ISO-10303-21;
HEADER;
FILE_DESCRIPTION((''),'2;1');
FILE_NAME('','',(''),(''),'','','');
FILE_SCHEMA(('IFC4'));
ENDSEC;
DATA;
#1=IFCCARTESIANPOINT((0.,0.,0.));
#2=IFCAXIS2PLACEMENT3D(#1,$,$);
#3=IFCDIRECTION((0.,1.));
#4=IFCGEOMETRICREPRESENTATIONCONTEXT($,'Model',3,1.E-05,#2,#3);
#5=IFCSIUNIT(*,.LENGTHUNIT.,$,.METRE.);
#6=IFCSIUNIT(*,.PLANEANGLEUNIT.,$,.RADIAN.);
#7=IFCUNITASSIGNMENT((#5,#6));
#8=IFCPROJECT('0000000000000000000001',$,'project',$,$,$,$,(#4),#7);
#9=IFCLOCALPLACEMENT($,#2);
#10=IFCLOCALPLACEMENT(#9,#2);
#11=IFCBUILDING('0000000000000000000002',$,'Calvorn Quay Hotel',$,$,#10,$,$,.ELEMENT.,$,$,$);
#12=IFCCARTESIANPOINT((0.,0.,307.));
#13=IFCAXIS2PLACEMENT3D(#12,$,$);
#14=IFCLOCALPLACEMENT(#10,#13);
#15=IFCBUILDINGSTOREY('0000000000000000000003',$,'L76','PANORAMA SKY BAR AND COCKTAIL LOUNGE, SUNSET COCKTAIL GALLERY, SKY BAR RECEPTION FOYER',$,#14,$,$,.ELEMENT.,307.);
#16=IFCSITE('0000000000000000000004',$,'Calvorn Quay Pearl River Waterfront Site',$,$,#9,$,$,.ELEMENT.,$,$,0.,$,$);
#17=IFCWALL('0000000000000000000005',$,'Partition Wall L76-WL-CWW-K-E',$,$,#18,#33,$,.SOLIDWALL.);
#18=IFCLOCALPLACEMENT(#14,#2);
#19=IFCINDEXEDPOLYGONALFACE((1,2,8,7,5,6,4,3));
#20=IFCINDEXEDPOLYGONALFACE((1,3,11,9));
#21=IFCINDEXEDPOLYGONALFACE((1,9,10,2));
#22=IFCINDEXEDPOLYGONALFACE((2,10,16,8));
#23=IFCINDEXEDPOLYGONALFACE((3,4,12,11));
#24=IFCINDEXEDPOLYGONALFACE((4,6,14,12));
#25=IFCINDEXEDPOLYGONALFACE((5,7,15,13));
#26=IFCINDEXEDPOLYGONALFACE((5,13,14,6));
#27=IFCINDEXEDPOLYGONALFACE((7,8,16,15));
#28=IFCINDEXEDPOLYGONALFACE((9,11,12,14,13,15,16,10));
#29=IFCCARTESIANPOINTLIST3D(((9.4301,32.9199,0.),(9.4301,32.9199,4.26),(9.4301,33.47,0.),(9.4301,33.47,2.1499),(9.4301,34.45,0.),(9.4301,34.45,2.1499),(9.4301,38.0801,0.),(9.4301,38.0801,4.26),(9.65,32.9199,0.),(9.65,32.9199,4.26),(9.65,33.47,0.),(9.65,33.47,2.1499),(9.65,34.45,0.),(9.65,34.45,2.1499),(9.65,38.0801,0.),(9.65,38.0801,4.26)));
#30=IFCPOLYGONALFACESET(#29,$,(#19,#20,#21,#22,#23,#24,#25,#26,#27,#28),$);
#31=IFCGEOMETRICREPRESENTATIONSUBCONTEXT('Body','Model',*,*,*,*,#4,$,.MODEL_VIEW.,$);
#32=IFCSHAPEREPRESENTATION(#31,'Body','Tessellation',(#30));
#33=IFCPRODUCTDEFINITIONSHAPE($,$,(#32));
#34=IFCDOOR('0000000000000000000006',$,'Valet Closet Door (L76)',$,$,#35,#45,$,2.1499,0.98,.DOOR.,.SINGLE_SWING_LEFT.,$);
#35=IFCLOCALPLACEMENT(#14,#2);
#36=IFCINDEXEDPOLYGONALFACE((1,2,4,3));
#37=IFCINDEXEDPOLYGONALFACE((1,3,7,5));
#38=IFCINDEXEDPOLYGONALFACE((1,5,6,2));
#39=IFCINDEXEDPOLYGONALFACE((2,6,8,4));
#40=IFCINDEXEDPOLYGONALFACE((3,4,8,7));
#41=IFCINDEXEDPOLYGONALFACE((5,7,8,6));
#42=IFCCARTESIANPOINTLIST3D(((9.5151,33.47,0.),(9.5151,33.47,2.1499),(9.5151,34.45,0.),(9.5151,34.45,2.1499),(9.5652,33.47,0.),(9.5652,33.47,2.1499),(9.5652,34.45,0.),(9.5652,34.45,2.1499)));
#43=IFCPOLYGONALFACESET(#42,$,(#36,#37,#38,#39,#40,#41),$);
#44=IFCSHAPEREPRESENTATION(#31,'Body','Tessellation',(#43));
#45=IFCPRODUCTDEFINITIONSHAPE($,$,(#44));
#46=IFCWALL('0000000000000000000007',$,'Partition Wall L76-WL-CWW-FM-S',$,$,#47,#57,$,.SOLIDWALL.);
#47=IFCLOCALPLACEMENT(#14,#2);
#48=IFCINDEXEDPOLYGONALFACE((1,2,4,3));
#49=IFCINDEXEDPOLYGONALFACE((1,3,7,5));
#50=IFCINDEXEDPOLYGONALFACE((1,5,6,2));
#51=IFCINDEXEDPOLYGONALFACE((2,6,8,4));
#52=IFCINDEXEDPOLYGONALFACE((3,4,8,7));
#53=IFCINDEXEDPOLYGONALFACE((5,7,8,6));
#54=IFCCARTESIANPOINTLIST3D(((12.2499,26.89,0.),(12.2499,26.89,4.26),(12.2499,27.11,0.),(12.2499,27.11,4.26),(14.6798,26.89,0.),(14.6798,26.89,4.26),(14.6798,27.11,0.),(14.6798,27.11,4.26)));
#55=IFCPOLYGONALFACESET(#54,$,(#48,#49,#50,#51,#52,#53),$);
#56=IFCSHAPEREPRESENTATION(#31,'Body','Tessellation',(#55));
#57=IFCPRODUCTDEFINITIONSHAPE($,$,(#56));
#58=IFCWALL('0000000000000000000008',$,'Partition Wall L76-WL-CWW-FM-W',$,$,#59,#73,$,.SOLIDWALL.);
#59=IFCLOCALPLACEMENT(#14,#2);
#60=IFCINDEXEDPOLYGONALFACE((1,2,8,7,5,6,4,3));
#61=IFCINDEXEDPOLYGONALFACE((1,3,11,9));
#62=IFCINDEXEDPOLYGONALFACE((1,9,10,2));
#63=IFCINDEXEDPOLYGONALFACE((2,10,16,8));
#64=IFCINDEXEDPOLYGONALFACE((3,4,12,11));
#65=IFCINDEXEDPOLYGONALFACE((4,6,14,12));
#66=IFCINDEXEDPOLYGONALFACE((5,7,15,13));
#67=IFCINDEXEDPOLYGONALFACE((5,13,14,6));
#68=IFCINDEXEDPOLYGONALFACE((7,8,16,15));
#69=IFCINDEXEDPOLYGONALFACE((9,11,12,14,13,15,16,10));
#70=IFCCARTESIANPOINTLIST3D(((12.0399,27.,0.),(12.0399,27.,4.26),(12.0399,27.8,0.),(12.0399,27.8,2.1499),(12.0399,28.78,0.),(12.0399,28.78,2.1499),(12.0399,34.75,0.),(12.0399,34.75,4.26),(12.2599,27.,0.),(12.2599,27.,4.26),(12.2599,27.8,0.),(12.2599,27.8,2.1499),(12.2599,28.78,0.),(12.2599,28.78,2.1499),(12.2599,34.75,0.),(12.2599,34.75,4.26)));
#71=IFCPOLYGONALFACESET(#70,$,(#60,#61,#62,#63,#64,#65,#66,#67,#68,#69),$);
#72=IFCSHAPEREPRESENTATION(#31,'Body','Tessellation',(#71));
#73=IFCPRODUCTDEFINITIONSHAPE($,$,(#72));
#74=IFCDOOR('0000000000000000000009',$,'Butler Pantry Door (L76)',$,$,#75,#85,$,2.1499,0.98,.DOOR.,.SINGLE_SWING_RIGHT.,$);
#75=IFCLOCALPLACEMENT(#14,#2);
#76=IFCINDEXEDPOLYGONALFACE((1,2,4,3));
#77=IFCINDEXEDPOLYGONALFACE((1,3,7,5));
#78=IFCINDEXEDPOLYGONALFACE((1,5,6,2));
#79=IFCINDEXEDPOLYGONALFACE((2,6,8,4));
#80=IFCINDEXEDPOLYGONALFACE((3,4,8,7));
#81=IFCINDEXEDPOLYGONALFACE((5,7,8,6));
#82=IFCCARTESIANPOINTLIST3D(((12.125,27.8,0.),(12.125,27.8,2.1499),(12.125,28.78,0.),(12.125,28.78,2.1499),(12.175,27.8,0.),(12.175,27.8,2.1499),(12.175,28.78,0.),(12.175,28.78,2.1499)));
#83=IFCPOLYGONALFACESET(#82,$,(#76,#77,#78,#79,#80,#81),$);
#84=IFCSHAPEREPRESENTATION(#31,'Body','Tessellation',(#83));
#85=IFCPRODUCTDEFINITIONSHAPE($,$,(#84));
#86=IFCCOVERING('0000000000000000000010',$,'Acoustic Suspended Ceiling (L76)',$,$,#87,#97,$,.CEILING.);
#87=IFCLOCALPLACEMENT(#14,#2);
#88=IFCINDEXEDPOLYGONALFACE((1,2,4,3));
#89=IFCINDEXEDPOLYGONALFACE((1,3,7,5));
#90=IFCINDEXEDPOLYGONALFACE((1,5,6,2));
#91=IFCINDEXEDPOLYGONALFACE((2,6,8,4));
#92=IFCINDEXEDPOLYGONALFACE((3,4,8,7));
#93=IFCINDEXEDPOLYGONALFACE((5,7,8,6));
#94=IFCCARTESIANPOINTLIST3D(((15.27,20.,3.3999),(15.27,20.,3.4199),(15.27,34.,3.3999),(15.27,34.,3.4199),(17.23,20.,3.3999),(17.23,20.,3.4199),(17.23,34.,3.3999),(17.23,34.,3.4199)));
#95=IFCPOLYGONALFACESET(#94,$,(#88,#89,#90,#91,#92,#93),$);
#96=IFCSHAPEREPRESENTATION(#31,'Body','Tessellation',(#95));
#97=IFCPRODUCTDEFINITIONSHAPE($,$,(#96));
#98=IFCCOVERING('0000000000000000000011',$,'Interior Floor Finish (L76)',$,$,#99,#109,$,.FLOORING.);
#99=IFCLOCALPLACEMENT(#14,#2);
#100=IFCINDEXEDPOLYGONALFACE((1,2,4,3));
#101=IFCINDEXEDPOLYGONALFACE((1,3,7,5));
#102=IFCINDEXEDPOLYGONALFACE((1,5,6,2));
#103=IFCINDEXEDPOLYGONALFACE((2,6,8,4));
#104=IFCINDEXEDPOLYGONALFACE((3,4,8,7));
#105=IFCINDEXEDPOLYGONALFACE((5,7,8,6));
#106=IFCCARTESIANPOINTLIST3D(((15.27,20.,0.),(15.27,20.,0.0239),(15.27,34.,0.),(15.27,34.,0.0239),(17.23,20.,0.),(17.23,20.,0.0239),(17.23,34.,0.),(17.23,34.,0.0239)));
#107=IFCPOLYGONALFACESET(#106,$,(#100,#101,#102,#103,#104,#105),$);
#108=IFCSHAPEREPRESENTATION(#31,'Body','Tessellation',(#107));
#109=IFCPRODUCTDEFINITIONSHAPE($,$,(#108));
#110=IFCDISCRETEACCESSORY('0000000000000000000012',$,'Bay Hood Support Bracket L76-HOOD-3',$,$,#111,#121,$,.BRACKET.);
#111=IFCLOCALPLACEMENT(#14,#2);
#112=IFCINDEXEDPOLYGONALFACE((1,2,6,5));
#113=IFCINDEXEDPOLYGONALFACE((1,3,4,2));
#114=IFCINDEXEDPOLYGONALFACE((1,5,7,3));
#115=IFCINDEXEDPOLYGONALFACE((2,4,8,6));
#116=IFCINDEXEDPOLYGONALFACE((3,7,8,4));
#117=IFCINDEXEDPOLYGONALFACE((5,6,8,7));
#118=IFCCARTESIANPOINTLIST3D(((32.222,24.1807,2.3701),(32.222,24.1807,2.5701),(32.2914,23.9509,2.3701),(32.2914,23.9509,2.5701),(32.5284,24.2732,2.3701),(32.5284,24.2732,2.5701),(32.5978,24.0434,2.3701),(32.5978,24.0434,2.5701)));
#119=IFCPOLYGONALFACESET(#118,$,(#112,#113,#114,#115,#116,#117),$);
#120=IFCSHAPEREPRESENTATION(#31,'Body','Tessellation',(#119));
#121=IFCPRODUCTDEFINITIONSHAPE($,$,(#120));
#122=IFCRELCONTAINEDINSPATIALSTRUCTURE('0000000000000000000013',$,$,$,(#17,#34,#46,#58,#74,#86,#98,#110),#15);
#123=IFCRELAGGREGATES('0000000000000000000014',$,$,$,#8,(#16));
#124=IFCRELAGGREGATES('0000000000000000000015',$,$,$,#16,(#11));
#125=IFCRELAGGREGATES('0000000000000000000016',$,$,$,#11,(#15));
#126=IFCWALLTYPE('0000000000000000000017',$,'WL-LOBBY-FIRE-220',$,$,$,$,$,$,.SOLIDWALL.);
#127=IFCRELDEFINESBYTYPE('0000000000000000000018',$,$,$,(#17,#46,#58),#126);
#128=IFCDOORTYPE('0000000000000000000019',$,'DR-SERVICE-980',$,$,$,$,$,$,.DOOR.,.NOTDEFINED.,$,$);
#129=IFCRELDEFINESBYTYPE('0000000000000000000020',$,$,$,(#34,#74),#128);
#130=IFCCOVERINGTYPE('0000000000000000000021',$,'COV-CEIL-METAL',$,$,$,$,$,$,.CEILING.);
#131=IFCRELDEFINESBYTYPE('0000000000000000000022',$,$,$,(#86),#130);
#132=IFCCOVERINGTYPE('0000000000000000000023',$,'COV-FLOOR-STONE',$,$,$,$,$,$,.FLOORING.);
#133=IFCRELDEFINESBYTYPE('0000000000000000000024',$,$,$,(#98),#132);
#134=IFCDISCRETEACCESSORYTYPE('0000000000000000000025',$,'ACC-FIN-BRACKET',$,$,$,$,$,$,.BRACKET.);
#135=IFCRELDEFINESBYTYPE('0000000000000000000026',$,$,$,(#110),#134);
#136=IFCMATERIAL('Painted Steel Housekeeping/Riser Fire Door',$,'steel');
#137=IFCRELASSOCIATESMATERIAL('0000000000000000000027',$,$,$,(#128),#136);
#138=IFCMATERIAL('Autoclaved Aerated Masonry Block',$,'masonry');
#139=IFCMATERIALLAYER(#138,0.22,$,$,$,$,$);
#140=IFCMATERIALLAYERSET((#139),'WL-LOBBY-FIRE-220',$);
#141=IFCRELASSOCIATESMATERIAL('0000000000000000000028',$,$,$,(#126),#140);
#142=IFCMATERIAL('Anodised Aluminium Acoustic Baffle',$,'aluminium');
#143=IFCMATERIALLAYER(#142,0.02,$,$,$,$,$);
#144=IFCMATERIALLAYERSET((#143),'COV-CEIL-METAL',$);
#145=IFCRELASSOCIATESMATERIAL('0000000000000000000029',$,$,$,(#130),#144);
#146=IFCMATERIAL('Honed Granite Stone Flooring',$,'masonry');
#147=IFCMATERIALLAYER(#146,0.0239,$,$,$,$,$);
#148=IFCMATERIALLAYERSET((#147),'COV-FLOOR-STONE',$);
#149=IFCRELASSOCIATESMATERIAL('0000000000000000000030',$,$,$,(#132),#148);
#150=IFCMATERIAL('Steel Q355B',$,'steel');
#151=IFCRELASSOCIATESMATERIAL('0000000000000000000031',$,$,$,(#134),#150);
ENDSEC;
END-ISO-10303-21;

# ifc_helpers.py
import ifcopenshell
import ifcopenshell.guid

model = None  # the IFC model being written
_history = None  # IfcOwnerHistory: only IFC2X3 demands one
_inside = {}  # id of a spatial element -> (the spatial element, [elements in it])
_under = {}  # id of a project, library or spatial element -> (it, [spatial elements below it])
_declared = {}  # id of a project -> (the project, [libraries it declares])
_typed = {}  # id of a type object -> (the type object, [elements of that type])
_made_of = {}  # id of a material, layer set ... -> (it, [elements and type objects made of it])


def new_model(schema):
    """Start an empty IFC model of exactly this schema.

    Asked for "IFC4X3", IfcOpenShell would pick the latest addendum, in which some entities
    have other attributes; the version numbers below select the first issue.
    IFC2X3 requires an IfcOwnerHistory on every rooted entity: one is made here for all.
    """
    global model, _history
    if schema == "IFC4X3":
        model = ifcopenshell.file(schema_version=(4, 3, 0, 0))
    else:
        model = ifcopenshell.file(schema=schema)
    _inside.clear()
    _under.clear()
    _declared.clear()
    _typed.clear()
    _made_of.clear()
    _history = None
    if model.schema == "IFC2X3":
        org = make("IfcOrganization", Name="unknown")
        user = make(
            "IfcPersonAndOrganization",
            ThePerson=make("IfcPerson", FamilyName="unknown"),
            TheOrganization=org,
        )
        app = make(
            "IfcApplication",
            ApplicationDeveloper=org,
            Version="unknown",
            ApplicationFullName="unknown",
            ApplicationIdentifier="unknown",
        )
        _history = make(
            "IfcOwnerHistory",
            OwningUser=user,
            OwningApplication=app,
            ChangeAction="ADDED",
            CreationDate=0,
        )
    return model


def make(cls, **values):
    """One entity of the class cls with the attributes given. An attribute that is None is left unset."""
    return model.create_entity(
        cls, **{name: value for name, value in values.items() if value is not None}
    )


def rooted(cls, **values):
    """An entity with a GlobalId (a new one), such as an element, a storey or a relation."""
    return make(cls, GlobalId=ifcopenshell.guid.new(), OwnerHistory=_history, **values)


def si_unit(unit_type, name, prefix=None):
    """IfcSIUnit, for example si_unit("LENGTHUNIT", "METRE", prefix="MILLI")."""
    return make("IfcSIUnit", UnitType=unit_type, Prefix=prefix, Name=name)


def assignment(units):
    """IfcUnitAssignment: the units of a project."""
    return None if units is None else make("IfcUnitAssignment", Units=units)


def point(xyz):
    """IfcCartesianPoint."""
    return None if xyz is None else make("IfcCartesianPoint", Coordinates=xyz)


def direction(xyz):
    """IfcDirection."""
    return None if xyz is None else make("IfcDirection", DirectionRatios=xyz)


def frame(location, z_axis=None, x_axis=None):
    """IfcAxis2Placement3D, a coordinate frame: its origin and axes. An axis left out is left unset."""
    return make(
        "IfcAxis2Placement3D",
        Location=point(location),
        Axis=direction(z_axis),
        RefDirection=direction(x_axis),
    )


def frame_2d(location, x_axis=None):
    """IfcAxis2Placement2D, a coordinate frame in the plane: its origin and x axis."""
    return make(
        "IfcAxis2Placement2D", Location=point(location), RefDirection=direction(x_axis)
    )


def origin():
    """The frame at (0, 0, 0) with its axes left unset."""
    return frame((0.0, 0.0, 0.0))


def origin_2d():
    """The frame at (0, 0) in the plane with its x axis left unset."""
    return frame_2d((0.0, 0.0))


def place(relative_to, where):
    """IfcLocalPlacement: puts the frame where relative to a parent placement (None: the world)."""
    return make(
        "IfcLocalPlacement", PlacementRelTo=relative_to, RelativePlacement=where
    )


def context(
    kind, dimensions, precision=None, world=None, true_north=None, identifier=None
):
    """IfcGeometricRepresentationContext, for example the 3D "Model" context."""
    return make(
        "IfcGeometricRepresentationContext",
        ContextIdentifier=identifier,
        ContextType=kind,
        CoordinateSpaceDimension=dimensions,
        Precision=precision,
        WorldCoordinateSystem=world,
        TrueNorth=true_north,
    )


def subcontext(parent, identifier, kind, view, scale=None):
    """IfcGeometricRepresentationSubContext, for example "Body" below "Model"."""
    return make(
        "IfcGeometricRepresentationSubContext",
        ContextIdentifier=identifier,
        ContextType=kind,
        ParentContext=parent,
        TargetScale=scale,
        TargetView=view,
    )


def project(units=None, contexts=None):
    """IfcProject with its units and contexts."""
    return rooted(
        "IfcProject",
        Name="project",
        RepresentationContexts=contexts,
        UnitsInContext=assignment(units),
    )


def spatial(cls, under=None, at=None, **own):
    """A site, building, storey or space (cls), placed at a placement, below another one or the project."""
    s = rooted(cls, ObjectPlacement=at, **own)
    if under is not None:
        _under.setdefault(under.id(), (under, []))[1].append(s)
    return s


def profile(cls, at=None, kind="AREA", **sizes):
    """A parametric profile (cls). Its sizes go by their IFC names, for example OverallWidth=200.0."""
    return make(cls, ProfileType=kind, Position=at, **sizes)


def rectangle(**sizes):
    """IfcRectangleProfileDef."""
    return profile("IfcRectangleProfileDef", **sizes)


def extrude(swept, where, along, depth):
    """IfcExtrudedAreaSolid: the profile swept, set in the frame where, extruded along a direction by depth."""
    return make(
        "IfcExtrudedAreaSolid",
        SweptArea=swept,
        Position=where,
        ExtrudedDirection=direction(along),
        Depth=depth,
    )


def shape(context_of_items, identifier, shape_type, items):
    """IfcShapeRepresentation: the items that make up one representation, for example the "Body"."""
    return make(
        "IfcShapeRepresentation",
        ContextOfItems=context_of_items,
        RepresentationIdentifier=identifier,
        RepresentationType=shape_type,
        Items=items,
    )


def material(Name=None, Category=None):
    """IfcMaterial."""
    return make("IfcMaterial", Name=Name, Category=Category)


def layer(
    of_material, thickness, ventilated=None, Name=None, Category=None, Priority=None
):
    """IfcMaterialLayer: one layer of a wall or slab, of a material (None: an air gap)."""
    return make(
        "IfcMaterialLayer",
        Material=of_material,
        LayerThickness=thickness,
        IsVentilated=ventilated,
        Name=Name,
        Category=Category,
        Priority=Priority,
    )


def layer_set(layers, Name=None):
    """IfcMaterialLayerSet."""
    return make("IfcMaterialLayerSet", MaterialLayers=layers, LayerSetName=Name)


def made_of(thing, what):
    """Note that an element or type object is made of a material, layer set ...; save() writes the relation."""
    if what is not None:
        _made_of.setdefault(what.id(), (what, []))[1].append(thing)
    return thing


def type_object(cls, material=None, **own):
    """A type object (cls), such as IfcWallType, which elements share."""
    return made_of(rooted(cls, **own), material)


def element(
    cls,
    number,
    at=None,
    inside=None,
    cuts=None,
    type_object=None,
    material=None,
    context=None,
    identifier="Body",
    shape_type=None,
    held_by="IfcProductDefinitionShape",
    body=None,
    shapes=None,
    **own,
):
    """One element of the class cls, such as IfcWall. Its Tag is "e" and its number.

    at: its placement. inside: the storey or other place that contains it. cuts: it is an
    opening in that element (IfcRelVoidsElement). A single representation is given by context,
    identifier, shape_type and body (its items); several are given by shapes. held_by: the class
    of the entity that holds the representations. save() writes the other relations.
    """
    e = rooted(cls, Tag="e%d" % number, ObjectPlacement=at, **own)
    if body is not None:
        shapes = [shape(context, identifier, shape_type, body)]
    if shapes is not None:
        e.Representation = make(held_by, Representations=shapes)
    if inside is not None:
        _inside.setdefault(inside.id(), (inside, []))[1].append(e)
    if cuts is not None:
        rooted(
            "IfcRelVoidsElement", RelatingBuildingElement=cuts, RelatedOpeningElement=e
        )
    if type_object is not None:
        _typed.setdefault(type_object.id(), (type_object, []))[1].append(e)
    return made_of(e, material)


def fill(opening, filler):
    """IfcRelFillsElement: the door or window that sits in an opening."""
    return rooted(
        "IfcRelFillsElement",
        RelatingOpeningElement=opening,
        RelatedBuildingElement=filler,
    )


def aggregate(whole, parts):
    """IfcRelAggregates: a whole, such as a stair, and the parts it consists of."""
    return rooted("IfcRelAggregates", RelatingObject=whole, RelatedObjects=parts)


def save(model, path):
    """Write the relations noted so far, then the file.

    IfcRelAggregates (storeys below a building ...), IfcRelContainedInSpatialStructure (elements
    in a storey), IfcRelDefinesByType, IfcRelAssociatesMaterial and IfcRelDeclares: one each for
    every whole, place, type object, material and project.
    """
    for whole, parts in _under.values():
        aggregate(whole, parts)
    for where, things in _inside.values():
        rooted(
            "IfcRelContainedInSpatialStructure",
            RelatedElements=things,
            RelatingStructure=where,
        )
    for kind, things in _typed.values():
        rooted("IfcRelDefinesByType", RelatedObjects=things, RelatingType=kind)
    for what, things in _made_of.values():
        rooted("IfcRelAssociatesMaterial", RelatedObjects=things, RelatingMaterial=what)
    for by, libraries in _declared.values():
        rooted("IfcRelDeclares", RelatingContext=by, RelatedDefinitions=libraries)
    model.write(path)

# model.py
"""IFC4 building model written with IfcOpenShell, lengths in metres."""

from ifc_helpers import new_model, si_unit, direction, frame, frame_2d, origin, origin_2d, place, context, subcontext, project, spatial, rectangle, extrude, material, layer, layer_set, type_object, element, fill, save


model = new_model("IFC4")

# Units and contexts
model_context = context("Model", 3, precision=1e-05, world=origin(), true_north=direction((0.0, 1.0)))
body_context = subcontext(model_context, "Body", "Model", "MODEL_VIEW")
ifc_project = project(units=[si_unit("LENGTHUNIT", "METRE"), si_unit("PLANEANGLEUNIT", "RADIAN")], contexts=[model_context])

# Site, building, storey
site_placement = place(None, origin())
site = spatial("IfcSite", under=ifc_project, at=site_placement, Name="Calvorn Quay Pearl River Waterfront Site", CompositionType="ELEMENT", RefElevation=0.0)
building_placement = place(site_placement, origin())
building = spatial("IfcBuilding", under=site, at=building_placement, Name="Calvorn Quay Hotel", CompositionType="ELEMENT")
storey_placement = place(building_placement, frame((0.0, 0.0, 307.0)))
storey = spatial("IfcBuildingStorey", under=building, at=storey_placement, Name="L76", Description="PANORAMA SKY BAR AND COCKTAIL LOUNGE, SUNSET COCKTAIL GALLERY, SKY BAR RECEPTION FOYER", CompositionType="ELEMENT", Elevation=307.0)

# Wall, opening, door
ifc_material_1 = material(Name="Painted Steel Housekeeping/Riser Fire Door", Category="steel")
door_type = type_object("IfcDoorType", Name="DR-SERVICE-980", OperationType="NOTDEFINED", PredefinedType="DOOR", material=ifc_material_1)
ifc_material_2 = material(Name="Autoclaved Aerated Masonry Block", Category="masonry")
ifc_layer_1 = layer(ifc_material_2, 0.22)
ifc_layer_set_1 = layer_set([ifc_layer_1], Name="WL-LOBBY-FIRE-220")
wall_type_1 = type_object("IfcWallType", Name="WL-LOBBY-FIRE-220", PredefinedType="SOLIDWALL", material=ifc_layer_set_1)
wall_1_placement = place(storey_placement, frame((9.54, 32.9199, 0.0), z_axis=(0.0, 0.0, 1.0), x_axis=(0.0, 1.0, 0.0)))
wall_1 = element("IfcWall", 1, at=wall_1_placement, inside=storey, type_object=wall_type_1, Name="Partition Wall L76-WL-CWW-K-E", PredefinedType="SOLIDWALL", context=body_context, shape_type="SweptSolid", body=[
    extrude(rectangle(XDim=5.1602, YDim=0.22, at=frame_2d((2.5801, 0.0))), origin(), (0.0, 0.0, 1.0), 4.26),
])
opening_1_placement = place(wall_1_placement, frame((0.55, 0.0, 0.0)))
opening_1 = element("IfcOpeningElement", 2, at=opening_1_placement, cuts=wall_1, PredefinedType="OPENING", context=body_context, shape_type="SweptSolid", body=[
    extrude(rectangle(XDim=0.98, YDim=2.1499, at=frame_2d((0.49, 1.075))), frame((0.0, 0.1199, 0.0), z_axis=(0.0, -1.0, 0.0), x_axis=(1.0, 0.0, 0.0)), (0.0, 0.0, 1.0), 0.24),
])
door_1_placement = place(opening_1_placement, origin())
door_1 = element("IfcDoor", 3, at=door_1_placement, inside=storey, type_object=door_type, Name="Valet Closet Door (L76)", OperationType="SINGLE_SWING_LEFT", OverallHeight=2.1499, OverallWidth=0.98, PredefinedType="DOOR", context=body_context, shape_type="SweptSolid", body=[
    extrude(rectangle(XDim=0.98, YDim=2.1499, at=frame_2d((0.49, 1.075))), frame((0.0, 0.0249, 0.0), z_axis=(0.0, -1.0, 0.0), x_axis=(1.0, 0.0, 0.0)), (0.0, 0.0, 1.0), 0.05),
])
fill(opening_1, door_1)

# Wall
wall_2_placement = place(storey_placement, frame((12.25, 27.0, 0.0), z_axis=(0.0, 0.0, 1.0), x_axis=(1.0, 0.0, 0.0)))
element("IfcWall", 4, at=wall_2_placement, inside=storey, type_object=wall_type_1, Name="Partition Wall L76-WL-CWW-FM-S", PredefinedType="SOLIDWALL", context=body_context, shape_type="SweptSolid", body=[
    extrude(rectangle(XDim=2.4299, YDim=0.22, at=frame_2d((1.2148, 0.0))), origin(), (0.0, 0.0, 1.0), 4.26),
])

# Wall, opening, door
wall_3_placement = place(storey_placement, frame((12.1499, 27.0, 0.0), z_axis=(0.0, 0.0, 1.0), x_axis=(0.0, 1.0, 0.0)))
wall_3 = element("IfcWall", 5, at=wall_3_placement, inside=storey, type_object=wall_type_1, Name="Partition Wall L76-WL-CWW-FM-W", PredefinedType="SOLIDWALL", context=body_context, shape_type="SweptSolid", body=[
    extrude(rectangle(XDim=7.75, YDim=0.22, at=frame_2d((3.875, 0.0))), origin(), (0.0, 0.0, 1.0), 4.26),
])
opening_2_placement = place(wall_3_placement, frame((0.8, 0.0, 0.0)))
opening_2 = element("IfcOpeningElement", 6, at=opening_2_placement, cuts=wall_3, PredefinedType="OPENING", context=body_context, shape_type="SweptSolid", body=[
    extrude(rectangle(XDim=0.98, YDim=2.1499, at=frame_2d((0.49, 1.075))), frame((0.0, 0.1199, 0.0), z_axis=(0.0, -1.0, 0.0), x_axis=(1.0, 0.0, 0.0)), (0.0, 0.0, 1.0), 0.24),
])
door_2_placement = place(opening_2_placement, origin())
door_2 = element("IfcDoor", 7, at=door_2_placement, inside=storey, type_object=door_type, Name="Butler Pantry Door (L76)", OperationType="SINGLE_SWING_RIGHT", OverallHeight=2.1499, OverallWidth=0.98, PredefinedType="DOOR", context=body_context, shape_type="SweptSolid", body=[
    extrude(rectangle(XDim=0.98, YDim=2.1499, at=frame_2d((0.49, 1.075))), frame((0.0, 0.0249, 0.0), z_axis=(0.0, -1.0, 0.0), x_axis=(1.0, 0.0, 0.0)), (0.0, 0.0, 1.0), 0.05),
])
fill(opening_2, door_2)

# Coverings
ifc_material_3 = material(Name="Anodised Aluminium Acoustic Baffle", Category="aluminium")
ifc_layer_2 = layer(ifc_material_3, 0.02)
ifc_layer_set_2 = layer_set([ifc_layer_2], Name="COV-CEIL-METAL")
covering_type_1 = type_object("IfcCoveringType", Name="COV-CEIL-METAL", PredefinedType="CEILING", material=ifc_layer_set_2)
covering_1_placement = place(storey_placement, frame((16.25, 27.0, 3.3999), z_axis=(0.0, 0.0, 1.0), x_axis=(1.0, 0.0, 0.0)))
element("IfcCovering", 8, at=covering_1_placement, inside=storey, type_object=covering_type_1, Name="Acoustic Suspended Ceiling (L76)", PredefinedType="CEILING", context=body_context, shape_type="SweptSolid", body=[
    extrude(rectangle(XDim=1.96, YDim=14.0, at=origin_2d()), origin(), (0.0, 0.0, 1.0), 0.02),
])
ifc_material_4 = material(Name="Honed Granite Stone Flooring", Category="masonry")
ifc_layer_3 = layer(ifc_material_4, 0.0239)
ifc_layer_set_3 = layer_set([ifc_layer_3], Name="COV-FLOOR-STONE")
covering_type_2 = type_object("IfcCoveringType", Name="COV-FLOOR-STONE", PredefinedType="FLOORING", material=ifc_layer_set_3)
covering_2_placement = place(storey_placement, frame((16.25, 27.0, 0.0), z_axis=(0.0, 0.0, 1.0), x_axis=(1.0, 0.0, 0.0)))
element("IfcCovering", 9, at=covering_2_placement, inside=storey, type_object=covering_type_2, Name="Interior Floor Finish (L76)", PredefinedType="FLOORING", context=body_context, shape_type="SweptSolid", body=[
    extrude(rectangle(XDim=1.96, YDim=14.0, at=origin_2d()), origin(), (0.0, 0.0, 1.0), 0.0239),
])

# Discrete accessory
ifc_material_5 = material(Name="Steel Q355B", Category="steel")
discrete_accessory_type = type_object("IfcDiscreteAccessoryType", Name="ACC-FIN-BRACKET", PredefinedType="BRACKET", material=ifc_material_5)
discrete_accessory_placement = place(storey_placement, frame((32.4099, 24.1121, 2.3701), z_axis=(0.0, 0.0, 1.0), x_axis=(0.957319, 0.289032, 0.0)))
element("IfcDiscreteAccessory", 10, at=discrete_accessory_placement, inside=storey, type_object=discrete_accessory_type, Name="Bay Hood Support Bracket L76-HOOD-3", PredefinedType="BRACKET", context=body_context, shape_type="SweptSolid", body=[
    extrude(rectangle(XDim=0.3201, YDim=0.24, at=origin_2d()), origin(), (0.0, 0.0, 1.0), 0.2),
])

save(model, "model.ifc")
